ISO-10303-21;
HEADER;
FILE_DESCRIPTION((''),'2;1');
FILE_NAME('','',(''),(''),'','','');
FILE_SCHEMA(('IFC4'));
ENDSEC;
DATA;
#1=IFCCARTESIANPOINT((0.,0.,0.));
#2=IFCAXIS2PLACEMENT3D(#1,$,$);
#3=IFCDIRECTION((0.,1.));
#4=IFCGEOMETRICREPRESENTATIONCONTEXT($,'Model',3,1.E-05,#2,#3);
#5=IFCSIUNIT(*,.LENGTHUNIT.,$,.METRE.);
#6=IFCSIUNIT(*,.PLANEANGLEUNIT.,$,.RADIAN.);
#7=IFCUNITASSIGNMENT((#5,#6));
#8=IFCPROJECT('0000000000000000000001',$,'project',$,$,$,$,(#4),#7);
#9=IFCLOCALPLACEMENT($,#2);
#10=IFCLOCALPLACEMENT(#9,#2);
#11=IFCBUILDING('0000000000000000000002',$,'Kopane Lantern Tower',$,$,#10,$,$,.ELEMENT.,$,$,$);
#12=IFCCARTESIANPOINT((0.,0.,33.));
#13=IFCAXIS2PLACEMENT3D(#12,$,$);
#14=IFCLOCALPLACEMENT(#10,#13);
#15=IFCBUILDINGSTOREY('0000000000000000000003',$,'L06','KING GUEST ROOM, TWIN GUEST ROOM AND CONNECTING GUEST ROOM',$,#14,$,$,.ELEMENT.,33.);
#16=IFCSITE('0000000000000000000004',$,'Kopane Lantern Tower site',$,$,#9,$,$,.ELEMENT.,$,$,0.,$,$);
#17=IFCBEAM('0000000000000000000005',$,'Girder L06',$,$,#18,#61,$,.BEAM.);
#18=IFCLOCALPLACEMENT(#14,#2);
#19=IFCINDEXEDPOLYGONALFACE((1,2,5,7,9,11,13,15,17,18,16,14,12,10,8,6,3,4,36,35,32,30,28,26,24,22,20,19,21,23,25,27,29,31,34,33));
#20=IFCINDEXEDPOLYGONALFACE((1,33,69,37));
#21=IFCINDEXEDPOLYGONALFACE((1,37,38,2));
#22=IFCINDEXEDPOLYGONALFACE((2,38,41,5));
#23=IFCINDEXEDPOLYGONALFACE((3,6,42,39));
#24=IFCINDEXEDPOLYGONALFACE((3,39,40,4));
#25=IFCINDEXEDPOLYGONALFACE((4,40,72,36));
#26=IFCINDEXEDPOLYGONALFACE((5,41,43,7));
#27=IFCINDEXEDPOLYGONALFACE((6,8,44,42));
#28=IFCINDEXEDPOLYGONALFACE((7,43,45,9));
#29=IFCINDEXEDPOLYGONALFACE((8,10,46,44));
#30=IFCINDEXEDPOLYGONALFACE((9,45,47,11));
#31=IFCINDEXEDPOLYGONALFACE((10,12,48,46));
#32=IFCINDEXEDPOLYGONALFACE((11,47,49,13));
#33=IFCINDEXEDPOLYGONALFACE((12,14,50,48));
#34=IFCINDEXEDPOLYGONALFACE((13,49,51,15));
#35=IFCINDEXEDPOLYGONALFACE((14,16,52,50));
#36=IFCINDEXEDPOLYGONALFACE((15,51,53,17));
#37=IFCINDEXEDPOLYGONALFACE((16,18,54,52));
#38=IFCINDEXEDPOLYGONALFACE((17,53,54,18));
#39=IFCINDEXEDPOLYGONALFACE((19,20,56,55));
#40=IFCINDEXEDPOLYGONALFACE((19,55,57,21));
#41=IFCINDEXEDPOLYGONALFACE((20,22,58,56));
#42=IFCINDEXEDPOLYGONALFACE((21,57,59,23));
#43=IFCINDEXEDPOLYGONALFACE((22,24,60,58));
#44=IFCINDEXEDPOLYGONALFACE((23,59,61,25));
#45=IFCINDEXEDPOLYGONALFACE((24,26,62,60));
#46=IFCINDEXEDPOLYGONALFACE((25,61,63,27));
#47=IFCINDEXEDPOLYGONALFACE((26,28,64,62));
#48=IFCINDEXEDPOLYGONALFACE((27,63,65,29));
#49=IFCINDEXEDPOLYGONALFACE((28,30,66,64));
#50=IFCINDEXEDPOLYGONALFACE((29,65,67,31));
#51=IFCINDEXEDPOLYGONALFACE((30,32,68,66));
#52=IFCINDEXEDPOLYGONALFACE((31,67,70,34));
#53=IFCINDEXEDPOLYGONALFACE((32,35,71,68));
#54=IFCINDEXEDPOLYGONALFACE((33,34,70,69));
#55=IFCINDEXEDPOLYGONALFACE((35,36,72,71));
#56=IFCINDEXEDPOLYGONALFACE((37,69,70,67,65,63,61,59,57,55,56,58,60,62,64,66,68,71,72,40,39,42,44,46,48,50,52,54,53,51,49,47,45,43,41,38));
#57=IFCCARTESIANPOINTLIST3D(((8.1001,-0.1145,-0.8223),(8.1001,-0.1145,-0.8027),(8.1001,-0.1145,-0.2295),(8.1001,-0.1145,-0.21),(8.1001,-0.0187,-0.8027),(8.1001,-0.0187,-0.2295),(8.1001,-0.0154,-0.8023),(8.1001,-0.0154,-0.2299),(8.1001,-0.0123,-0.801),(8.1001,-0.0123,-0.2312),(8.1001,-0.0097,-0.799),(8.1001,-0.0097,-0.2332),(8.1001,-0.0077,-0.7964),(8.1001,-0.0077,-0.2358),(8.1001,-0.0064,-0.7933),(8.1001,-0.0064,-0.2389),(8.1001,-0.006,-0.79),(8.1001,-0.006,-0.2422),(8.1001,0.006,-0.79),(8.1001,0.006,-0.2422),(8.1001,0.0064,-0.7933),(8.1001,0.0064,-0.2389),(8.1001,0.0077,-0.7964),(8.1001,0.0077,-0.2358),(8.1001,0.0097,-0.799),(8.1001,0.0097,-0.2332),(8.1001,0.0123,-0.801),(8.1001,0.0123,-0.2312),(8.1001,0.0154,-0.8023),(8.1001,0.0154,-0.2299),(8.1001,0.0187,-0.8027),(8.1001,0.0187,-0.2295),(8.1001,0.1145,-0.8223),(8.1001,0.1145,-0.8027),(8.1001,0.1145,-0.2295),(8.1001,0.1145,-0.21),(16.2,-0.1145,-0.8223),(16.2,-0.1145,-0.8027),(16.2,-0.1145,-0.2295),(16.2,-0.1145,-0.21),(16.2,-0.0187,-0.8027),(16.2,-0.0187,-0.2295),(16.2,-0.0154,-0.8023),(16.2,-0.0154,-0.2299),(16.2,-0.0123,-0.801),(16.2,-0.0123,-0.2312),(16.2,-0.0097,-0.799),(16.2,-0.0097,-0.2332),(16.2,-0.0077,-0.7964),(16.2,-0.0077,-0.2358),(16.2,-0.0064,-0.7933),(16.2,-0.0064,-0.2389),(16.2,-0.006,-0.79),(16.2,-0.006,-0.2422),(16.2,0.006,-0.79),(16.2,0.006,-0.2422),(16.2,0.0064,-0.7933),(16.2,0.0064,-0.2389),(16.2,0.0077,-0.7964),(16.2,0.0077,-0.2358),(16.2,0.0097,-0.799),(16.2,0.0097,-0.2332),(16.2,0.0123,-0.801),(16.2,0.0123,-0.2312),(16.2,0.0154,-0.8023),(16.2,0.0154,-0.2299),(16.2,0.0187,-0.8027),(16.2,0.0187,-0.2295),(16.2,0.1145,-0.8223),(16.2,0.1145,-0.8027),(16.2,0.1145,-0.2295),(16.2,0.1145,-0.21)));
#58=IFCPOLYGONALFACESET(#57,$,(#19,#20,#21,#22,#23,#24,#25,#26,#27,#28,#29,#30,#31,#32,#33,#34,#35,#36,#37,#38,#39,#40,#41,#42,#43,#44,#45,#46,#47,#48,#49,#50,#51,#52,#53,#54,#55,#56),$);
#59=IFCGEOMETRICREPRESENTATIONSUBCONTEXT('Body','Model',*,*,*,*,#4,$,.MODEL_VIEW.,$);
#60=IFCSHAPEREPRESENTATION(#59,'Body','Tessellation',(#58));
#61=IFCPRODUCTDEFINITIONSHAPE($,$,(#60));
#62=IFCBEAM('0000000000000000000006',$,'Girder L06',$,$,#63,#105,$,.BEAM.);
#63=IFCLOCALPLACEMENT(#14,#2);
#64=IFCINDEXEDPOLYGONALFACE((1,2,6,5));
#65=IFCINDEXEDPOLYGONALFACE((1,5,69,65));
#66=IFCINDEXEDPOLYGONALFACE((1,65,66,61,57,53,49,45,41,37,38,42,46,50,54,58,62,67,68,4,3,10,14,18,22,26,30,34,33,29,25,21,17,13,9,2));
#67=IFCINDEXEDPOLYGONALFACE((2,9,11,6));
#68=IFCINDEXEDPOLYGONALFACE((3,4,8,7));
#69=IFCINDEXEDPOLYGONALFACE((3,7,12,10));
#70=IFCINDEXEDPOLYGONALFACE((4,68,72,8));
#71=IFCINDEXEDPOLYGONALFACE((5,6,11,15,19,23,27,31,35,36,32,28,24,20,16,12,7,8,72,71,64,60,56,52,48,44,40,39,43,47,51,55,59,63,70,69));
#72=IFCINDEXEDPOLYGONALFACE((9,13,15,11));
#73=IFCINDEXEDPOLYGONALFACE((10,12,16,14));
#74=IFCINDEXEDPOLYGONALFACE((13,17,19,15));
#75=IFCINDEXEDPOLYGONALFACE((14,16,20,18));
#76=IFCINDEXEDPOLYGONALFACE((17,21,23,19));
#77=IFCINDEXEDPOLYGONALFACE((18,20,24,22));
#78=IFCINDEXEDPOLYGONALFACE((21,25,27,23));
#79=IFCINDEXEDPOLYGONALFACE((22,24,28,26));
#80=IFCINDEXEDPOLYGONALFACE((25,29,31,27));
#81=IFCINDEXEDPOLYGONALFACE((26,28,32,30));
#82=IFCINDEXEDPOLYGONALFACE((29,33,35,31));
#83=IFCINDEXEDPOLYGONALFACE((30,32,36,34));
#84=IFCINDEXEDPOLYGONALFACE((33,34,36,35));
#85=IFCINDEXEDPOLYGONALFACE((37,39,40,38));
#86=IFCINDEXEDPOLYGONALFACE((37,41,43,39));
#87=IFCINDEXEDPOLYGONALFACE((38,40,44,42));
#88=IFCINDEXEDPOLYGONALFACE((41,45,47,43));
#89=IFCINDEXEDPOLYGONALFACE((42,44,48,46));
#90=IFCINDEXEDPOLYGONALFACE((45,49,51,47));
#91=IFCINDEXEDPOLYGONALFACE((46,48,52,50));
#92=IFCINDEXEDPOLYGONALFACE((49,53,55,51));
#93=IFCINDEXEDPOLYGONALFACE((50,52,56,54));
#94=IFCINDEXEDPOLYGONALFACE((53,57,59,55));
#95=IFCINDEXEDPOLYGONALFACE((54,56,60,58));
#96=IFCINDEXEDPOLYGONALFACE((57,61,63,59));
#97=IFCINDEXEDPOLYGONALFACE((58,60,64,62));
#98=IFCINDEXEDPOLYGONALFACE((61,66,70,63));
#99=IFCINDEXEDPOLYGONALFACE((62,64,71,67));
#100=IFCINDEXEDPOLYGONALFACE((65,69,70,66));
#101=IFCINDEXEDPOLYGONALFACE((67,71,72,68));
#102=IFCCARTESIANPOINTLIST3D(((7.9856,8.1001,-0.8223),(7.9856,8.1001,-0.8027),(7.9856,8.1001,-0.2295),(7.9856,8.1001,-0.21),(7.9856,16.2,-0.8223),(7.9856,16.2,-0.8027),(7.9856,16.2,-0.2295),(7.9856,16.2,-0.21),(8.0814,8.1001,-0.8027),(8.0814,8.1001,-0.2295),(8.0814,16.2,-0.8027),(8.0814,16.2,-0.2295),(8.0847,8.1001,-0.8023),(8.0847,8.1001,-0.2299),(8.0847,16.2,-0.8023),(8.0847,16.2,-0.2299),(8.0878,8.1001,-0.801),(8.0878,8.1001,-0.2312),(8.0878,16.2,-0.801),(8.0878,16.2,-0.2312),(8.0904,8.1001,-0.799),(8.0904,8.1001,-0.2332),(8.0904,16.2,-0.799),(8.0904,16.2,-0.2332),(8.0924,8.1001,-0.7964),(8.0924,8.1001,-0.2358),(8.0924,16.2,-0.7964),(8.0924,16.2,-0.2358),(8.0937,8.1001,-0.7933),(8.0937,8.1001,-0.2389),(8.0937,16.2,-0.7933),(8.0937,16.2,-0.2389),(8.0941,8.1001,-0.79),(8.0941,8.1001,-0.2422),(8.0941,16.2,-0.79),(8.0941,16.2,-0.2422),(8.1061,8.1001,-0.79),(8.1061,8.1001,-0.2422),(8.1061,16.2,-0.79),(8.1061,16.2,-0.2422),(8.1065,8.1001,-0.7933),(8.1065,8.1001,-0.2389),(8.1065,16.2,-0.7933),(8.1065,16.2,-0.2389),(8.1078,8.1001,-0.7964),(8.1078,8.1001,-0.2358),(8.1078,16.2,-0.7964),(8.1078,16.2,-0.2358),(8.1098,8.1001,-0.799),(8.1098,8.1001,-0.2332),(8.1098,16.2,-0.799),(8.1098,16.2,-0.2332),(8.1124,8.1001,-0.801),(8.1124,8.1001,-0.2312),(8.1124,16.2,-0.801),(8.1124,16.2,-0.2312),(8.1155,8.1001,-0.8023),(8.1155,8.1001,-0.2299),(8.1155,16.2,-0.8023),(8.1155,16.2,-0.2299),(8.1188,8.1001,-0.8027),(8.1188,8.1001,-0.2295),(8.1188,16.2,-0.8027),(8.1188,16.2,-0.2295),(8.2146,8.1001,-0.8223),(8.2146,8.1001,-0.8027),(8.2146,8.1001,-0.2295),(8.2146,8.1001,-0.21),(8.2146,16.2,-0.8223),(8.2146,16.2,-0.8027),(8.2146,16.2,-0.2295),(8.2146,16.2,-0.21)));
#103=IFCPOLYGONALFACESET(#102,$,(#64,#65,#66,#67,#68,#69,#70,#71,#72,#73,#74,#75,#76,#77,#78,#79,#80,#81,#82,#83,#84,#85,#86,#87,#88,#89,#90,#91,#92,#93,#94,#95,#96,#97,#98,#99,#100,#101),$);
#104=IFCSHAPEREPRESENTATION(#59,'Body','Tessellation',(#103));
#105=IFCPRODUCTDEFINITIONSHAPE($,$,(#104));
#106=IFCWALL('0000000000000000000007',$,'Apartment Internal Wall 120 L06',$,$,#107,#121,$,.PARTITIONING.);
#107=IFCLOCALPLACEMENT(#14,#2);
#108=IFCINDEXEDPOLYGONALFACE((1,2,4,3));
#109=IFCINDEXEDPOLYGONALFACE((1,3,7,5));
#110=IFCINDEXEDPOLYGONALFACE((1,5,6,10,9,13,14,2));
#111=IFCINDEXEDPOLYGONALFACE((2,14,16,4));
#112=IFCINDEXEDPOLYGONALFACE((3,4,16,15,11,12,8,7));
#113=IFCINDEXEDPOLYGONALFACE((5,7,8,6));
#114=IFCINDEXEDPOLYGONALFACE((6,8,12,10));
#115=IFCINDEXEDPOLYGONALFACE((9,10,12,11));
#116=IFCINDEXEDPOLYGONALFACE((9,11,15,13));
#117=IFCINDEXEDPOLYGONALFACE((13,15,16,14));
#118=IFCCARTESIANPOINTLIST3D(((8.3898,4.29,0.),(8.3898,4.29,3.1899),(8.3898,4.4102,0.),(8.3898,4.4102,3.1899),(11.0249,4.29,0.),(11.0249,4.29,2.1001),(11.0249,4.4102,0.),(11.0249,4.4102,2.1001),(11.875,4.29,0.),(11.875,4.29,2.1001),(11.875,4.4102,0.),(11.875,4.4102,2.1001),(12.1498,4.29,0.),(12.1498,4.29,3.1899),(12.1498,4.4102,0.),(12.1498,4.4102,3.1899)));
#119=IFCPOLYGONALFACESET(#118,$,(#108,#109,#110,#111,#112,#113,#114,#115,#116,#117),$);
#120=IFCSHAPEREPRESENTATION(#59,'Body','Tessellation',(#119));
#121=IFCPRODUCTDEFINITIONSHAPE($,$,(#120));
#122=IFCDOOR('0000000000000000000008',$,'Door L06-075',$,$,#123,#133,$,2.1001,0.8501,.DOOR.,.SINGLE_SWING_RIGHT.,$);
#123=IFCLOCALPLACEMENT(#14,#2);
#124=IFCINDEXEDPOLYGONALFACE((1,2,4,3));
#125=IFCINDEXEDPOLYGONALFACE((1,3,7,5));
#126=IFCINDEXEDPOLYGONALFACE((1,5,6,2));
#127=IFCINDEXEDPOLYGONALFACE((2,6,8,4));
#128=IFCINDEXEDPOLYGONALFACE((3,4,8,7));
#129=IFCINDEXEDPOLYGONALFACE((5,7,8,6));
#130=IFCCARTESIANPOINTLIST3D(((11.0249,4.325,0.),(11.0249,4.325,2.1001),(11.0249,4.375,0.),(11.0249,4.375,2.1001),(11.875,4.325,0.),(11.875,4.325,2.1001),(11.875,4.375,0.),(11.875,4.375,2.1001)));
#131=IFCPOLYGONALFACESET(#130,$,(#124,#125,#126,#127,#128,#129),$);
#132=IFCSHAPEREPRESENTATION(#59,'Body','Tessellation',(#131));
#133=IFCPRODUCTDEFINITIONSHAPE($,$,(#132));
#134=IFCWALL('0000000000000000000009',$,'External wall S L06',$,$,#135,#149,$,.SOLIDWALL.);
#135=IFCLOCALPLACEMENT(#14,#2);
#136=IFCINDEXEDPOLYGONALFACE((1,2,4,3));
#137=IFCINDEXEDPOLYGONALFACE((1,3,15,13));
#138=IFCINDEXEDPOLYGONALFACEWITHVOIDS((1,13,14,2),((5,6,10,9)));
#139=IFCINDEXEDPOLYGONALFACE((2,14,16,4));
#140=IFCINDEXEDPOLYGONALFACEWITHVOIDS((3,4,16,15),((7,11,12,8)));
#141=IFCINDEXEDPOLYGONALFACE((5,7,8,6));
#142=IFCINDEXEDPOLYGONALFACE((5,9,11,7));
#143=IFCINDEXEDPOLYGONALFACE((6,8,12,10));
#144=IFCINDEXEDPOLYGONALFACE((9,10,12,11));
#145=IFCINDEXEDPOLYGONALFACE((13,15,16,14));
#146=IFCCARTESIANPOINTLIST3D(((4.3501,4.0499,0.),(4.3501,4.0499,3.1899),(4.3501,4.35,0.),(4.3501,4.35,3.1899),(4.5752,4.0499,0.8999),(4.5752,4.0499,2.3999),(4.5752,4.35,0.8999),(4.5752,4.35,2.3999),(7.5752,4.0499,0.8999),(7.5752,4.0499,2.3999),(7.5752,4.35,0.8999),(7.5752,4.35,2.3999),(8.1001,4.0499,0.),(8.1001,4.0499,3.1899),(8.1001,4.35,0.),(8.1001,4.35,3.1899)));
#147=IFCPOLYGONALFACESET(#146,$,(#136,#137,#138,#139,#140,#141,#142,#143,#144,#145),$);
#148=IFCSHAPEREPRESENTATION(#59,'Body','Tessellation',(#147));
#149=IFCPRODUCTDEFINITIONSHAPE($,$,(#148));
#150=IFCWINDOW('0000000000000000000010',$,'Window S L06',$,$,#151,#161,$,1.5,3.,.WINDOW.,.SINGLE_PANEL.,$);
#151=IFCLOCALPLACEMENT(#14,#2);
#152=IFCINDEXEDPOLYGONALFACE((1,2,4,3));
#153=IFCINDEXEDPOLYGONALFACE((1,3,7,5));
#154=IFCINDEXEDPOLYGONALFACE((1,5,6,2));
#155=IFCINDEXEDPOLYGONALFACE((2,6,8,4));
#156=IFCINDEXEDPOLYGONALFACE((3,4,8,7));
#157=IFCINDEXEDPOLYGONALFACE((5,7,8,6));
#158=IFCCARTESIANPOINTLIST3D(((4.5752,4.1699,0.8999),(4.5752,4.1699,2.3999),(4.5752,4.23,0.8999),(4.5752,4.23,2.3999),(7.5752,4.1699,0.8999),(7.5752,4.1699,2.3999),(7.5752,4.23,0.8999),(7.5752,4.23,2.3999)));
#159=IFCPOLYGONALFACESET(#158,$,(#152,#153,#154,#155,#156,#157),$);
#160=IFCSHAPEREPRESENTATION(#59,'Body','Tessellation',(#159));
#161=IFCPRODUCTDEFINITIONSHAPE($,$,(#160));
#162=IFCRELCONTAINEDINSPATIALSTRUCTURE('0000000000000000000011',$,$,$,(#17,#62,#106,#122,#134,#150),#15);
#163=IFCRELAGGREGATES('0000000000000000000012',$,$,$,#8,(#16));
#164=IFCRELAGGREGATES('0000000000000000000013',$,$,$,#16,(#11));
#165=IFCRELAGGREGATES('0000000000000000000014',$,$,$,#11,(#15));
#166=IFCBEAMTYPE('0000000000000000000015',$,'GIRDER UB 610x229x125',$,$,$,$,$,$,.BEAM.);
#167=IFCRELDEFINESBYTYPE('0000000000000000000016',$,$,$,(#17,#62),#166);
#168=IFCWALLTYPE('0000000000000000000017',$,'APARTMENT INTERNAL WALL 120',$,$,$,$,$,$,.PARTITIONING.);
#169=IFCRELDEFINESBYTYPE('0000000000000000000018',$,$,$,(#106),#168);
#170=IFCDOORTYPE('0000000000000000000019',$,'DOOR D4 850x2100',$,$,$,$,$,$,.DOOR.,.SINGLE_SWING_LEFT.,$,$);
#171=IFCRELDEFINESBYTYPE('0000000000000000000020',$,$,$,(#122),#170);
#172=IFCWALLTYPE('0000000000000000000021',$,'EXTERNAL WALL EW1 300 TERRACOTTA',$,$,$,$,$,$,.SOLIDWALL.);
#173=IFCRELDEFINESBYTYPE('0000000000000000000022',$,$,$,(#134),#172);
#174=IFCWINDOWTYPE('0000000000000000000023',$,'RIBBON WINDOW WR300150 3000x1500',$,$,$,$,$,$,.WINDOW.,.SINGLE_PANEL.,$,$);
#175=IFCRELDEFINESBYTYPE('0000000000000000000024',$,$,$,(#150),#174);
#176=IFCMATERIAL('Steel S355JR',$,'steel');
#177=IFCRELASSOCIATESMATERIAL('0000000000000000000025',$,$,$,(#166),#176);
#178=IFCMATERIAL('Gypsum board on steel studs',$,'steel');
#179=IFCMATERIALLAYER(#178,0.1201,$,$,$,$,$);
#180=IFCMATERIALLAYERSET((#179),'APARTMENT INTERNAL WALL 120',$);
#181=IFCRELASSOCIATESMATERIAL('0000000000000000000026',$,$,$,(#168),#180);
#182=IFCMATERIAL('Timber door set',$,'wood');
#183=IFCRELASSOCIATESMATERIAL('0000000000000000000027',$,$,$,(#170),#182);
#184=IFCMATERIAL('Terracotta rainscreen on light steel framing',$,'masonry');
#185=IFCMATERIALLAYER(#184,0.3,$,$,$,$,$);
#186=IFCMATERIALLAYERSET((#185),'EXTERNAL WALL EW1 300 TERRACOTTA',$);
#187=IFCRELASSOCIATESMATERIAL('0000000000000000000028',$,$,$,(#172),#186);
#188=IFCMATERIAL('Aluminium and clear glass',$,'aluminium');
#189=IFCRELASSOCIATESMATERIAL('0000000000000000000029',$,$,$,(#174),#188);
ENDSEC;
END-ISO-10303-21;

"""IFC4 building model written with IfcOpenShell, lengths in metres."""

from ifc_helpers import new_model, si_unit, direction, frame, frame_2d, origin, origin_2d, place, context, subcontext, project, spatial, rectangle, i_section, extrude, material, layer, layer_set, material_profile, profile_set, type_object, element, fill, save


model = new_model("IFC4")

# Units and contexts
model_context = context("Model", 3, precision=1e-05, world=origin(), true_north=direction((0.0, 1.0)))
body_context = subcontext(model_context, "Body", "Model", "MODEL_VIEW")
ifc_project = project(units=[si_unit("LENGTHUNIT", "METRE"), si_unit("PLANEANGLEUNIT", "RADIAN")], contexts=[model_context])

# Site, building, storey
site_placement = place(None, origin())
site = spatial("IfcSite", under=ifc_project, at=site_placement, Name="Kopane Lantern Tower site", CompositionType="ELEMENT", RefElevation=0.0)
building_placement = place(site_placement, origin())
building = spatial("IfcBuilding", under=site, at=building_placement, Name="Kopane Lantern Tower", CompositionType="ELEMENT")
storey_placement = place(building_placement, frame((0.0, 0.0, 33.0)))
storey = spatial("IfcBuildingStorey", under=building, at=storey_placement, Name="L06", Description="KING GUEST ROOM, TWIN GUEST ROOM AND CONNECTING GUEST ROOM", CompositionType="ELEMENT", Elevation=33.0)

# Beams
ifc_material_1 = material(Name="Steel S355JR", Category="steel")
ifc_material_profile_1 = material_profile(ifc_material_1, i_section(OverallWidth=0.229, OverallDepth=0.6123, WebThickness=0.012, FlangeThickness=0.0195, FilletRadius=0.0127, at=origin_2d()), Name="UB 610x229x125")
ifc_profile_set_1 = profile_set([ifc_material_profile_1], Name="Steel S355JR")
beam_type_1 = type_object("IfcBeamType", Name="GIRDER UB 610x229x125", PredefinedType="BEAM", material=ifc_profile_set_1)
for number, where, z_axis, x_axis, name in (
    (1, (8.1001, 0.0, -0.5161), (1.0, 0.0, 0.0), (0.0, 1.0, 0.0), "Girder L06"),
    (2, (8.1001, 8.1001, -0.5161), (0.0, 1.0, 0.0), (-1.0, 0.0, 0.0), "Girder L06"),
):
    element("IfcBeam", number, at=place(storey_placement, frame(where, z_axis=z_axis, x_axis=x_axis)), inside=storey, type_object=beam_type_1, Name=name, PredefinedType="BEAM", context=body_context, shape_type="SweptSolid", body=[
        extrude(i_section(OverallWidth=0.229, OverallDepth=0.6123, WebThickness=0.012, FlangeThickness=0.0195, FilletRadius=0.0127, at=origin_2d()), origin(), (0.0, 0.0, 1.0), 8.0999),
    ])

# Wall, opening, door
ifc_material_2 = material(Name="Gypsum board on steel studs", Category="steel")
ifc_layer_1 = layer(ifc_material_2, 0.1201)
ifc_layer_set_1 = layer_set([ifc_layer_1], Name="APARTMENT INTERNAL WALL 120")
wall_type_1 = type_object("IfcWallType", Name="APARTMENT INTERNAL WALL 120", PredefinedType="PARTITIONING", material=ifc_layer_set_1)
wall_1_placement = place(storey_placement, frame((8.3899, 4.3501, 0.0), z_axis=(0.0, 0.0, 1.0), x_axis=(1.0, 0.0, 0.0)))
wall_1 = element("IfcWall", 3, at=wall_1_placement, inside=storey, type_object=wall_type_1, Name="Apartment Internal Wall 120 L06", PredefinedType="PARTITIONING", context=body_context, shape_type="SweptSolid", body=[
    extrude(rectangle(XDim=3.76, YDim=0.1201, at=frame_2d((1.8799, 0.0))), origin(), (0.0, 0.0, 1.0), 3.1899),
])
opening_1_placement = place(wall_1_placement, frame((2.635, 0.0, 0.0)))
opening_1 = element("IfcOpeningElement", 4, at=opening_1_placement, cuts=wall_1, PredefinedType="OPENING", context=body_context, shape_type="SweptSolid", body=[
    extrude(rectangle(XDim=0.8501, YDim=2.1001, at=frame_2d((0.425, 1.05))), frame((0.0, 0.0701, 0.0), z_axis=(0.0, -1.0, 0.0), x_axis=(1.0, 0.0, 0.0)), (0.0, 0.0, 1.0), 0.1401),
])
ifc_material_3 = material(Name="Timber door set", Category="wood")
door_type = type_object("IfcDoorType", Name="DOOR D4 850x2100", OperationType="SINGLE_SWING_LEFT", PredefinedType="DOOR", material=ifc_material_3)
door_placement = place(opening_1_placement, origin())
door = element("IfcDoor", 5, at=door_placement, inside=storey, type_object=door_type, Name="Door L06-075", OperationType="SINGLE_SWING_RIGHT", OverallHeight=2.1001, OverallWidth=0.8501, PredefinedType="DOOR", context=body_context, shape_type="SweptSolid", body=[
    extrude(rectangle(XDim=0.8501, YDim=2.1001, at=frame_2d((0.425, 1.05))), frame((0.0, 0.0249, 0.0), z_axis=(0.0, -1.0, 0.0), x_axis=(1.0, 0.0, 0.0)), (0.0, 0.0, 1.0), 0.05),
])
fill(opening_1, door)

# Shared definitions
ifc_material_4 = material(Name="Terracotta rainscreen on light steel framing", Category="masonry")
ifc_layer_2 = layer(ifc_material_4, 0.3)
ifc_layer_set_2 = layer_set([ifc_layer_2], Name="EXTERNAL WALL EW1 300 TERRACOTTA")
wall_type_2 = type_object("IfcWallType", Name="EXTERNAL WALL EW1 300 TERRACOTTA", PredefinedType="SOLIDWALL", material=ifc_layer_set_2)

# Wall, opening, window
wall_2_placement = place(storey_placement, frame((4.3501, 4.2, 0.0), z_axis=(0.0, 0.0, 1.0), x_axis=(1.0, 0.0, 0.0)))
wall_2 = element("IfcWall", 6, at=wall_2_placement, inside=storey, type_object=wall_type_2, Name="External wall S L06", PredefinedType="SOLIDWALL", context=body_context, shape_type="SweptSolid", body=[
    extrude(rectangle(XDim=3.75, YDim=0.3, at=frame_2d((1.875, 0.0))), origin(), (0.0, 0.0, 1.0), 3.1899),
])
opening_2_placement = place(wall_2_placement, frame((0.2251, 0.0, 0.8999)))
opening_2 = element("IfcOpeningElement", 7, at=opening_2_placement, cuts=wall_2, PredefinedType="OPENING", context=body_context, shape_type="SweptSolid", body=[
    extrude(rectangle(XDim=3.0, YDim=1.5, at=frame_2d((1.5, 0.75))), frame((0.0, 0.1599, 0.0), z_axis=(0.0, -1.0, 0.0), x_axis=(1.0, 0.0, 0.0)), (0.0, 0.0, 1.0), 0.3201),
])
ifc_material_5 = material(Name="Aluminium and clear glass", Category="aluminium")
window_type_1 = type_object("IfcWindowType", Name="RIBBON WINDOW WR300150 3000x1500", PartitioningType="SINGLE_PANEL", PredefinedType="WINDOW", material=ifc_material_5)
window_1_placement = place(opening_2_placement, origin())
window_1 = element("IfcWindow", 8, at=window_1_placement, inside=storey, type_object=window_type_1, Name="Window S L06", OverallHeight=1.5, OverallWidth=3.0, PartitioningType="SINGLE_PANEL", PredefinedType="WINDOW", context=body_context, shape_type="SweptSolid", body=[
    extrude(rectangle(XDim=3.0, YDim=1.5, at=frame_2d((1.5, 0.75))), frame((0.0, 0.03, 0.0), z_axis=(0.0, -1.0, 0.0), x_axis=(1.0, 0.0, 0.0)), (0.0, 0.0, 1.0), 0.0601),
])
fill(opening_2, window_1)

save(model, "model.ifc")
